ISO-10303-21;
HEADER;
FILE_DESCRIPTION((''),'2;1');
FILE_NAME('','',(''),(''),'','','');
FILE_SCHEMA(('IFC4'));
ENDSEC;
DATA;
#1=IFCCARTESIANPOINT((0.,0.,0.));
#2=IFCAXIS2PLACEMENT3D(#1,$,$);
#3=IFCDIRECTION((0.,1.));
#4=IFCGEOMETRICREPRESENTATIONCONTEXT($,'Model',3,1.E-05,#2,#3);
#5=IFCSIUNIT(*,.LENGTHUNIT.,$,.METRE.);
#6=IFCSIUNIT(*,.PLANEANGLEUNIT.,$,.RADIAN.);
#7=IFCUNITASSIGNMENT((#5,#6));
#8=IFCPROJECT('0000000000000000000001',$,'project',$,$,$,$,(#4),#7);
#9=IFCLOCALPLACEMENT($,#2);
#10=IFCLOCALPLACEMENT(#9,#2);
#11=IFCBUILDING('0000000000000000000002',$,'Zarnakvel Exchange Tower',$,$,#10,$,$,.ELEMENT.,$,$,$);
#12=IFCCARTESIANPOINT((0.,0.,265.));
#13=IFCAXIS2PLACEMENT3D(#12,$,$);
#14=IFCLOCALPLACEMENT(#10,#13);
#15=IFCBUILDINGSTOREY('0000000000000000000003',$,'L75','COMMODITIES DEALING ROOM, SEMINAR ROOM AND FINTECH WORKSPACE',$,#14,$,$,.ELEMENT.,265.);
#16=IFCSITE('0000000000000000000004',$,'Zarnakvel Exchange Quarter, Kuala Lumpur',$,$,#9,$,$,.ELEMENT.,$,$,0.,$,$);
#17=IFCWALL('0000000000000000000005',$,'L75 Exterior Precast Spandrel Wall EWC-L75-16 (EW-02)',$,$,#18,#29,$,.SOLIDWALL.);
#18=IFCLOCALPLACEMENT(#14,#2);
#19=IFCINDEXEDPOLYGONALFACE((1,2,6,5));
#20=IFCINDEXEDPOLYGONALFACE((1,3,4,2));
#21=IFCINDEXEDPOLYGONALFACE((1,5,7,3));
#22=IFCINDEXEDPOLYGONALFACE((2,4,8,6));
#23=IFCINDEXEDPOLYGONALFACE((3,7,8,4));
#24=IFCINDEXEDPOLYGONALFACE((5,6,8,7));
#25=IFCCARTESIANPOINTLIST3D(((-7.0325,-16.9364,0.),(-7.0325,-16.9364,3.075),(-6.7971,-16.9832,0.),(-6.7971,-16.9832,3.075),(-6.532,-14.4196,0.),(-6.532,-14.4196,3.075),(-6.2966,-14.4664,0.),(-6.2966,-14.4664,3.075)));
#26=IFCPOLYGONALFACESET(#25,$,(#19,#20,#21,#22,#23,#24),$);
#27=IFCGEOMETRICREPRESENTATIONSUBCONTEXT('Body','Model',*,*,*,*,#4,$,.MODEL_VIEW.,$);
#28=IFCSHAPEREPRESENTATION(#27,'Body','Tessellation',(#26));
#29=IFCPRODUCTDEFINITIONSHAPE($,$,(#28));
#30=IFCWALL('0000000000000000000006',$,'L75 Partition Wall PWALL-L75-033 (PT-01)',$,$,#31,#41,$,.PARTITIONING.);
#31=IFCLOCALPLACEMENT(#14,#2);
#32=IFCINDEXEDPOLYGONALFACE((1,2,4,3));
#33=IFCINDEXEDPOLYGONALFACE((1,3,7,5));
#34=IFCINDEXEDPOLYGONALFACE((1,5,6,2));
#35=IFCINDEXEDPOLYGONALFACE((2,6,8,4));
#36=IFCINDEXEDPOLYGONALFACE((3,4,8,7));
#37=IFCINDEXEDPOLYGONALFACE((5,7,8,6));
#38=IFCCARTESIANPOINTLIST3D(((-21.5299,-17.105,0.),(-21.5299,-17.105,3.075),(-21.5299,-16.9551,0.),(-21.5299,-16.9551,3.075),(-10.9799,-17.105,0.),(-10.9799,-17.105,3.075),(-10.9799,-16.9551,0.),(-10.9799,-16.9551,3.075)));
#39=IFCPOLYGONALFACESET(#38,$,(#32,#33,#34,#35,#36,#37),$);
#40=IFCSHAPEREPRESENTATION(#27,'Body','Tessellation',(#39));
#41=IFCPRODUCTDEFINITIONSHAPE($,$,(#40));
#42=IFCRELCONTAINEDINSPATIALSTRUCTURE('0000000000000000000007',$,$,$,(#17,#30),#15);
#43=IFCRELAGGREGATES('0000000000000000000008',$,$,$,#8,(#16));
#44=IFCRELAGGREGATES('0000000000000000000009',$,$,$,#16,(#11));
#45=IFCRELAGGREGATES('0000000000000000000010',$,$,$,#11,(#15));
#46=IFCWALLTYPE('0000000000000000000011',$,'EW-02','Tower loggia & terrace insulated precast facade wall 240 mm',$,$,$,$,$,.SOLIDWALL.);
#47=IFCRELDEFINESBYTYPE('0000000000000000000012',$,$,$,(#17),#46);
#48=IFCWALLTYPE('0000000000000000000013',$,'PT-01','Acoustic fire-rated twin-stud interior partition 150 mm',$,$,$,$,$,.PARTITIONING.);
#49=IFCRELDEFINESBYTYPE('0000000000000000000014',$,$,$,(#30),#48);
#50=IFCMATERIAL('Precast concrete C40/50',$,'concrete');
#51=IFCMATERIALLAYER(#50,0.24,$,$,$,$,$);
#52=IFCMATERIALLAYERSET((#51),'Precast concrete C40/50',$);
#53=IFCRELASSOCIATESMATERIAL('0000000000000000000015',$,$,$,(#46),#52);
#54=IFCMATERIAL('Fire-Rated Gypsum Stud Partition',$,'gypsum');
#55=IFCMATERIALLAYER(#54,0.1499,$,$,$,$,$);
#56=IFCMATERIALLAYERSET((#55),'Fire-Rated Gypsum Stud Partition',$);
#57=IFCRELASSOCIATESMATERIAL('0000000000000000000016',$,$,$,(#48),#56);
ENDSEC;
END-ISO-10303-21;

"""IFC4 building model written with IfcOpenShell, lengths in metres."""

from ifc_helpers import new_model, si_unit, direction, frame, frame_2d, origin, place, context, subcontext, project, spatial, rectangle, extrude, material, layer, layer_set, type_object, element, save


model = new_model("IFC4")

# Units and contexts
model_context = context("Model", 3, precision=1e-05, world=origin(), true_north=direction((0.0, 1.0)))
body_context = subcontext(model_context, "Body", "Model", "MODEL_VIEW")
ifc_project = project(units=[si_unit("LENGTHUNIT", "METRE"), si_unit("PLANEANGLEUNIT", "RADIAN")], contexts=[model_context])

# Site, building, storey
site_placement = place(None, origin())
site = spatial("IfcSite", under=ifc_project, at=site_placement, Name="Zarnakvel Exchange Quarter, Kuala Lumpur", CompositionType="ELEMENT", RefElevation=0.0)
building_placement = place(site_placement, origin())
building = spatial("IfcBuilding", under=site, at=building_placement, Name="Zarnakvel Exchange Tower", CompositionType="ELEMENT")
storey_placement = place(building_placement, frame((0.0, 0.0, 265.0)))
storey = spatial("IfcBuildingStorey", under=building, at=storey_placement, Name="L75", Description="COMMODITIES DEALING ROOM, SEMINAR ROOM AND FINTECH WORKSPACE", CompositionType="ELEMENT", Elevation=265.0)

# Walls
ifc_material_1 = material(Name="Precast concrete C40/50", Category="concrete")
ifc_layer_1 = layer(ifc_material_1, 0.24)
ifc_layer_set_1 = layer_set([ifc_layer_1], Name="Precast concrete C40/50")
wall_type_1 = type_object("IfcWallType", Name="EW-02", Description="Tower loggia & terrace insulated precast facade wall 240 mm", PredefinedType="SOLIDWALL", material=ifc_layer_set_1)
wall_1_placement = place(storey_placement, frame((-6.9148, -16.96, 0.0), z_axis=(0.0, 0.0, 1.0), x_axis=(0.195037, 0.980796, 0.0)))
element("IfcWall", 1, at=wall_1_placement, inside=storey, type_object=wall_type_1, Name="L75 Exterior Precast Spandrel Wall EWC-L75-16 (EW-02)", PredefinedType="SOLIDWALL", context=body_context, shape_type="SweptSolid", body=[
    extrude(rectangle(XDim=2.5662, YDim=0.24, at=frame_2d((1.2832, 0.0))), origin(), (0.0, 0.0, 1.0), 3.075),
])
ifc_material_2 = material(Name="Fire-Rated Gypsum Stud Partition", Category="gypsum")
ifc_layer_2 = layer(ifc_material_2, 0.1499)
ifc_layer_set_2 = layer_set([ifc_layer_2], Name="Fire-Rated Gypsum Stud Partition")
wall_type_2 = type_object("IfcWallType", Name="PT-01", Description="Acoustic fire-rated twin-stud interior partition 150 mm", PredefinedType="PARTITIONING", material=ifc_layer_set_2)
wall_2_placement = place(storey_placement, frame((-10.98, -17.03, 0.0), z_axis=(0.0, 0.0, 1.0), x_axis=(-1.0, 0.0, 0.0)))
element("IfcWall", 2, at=wall_2_placement, inside=storey, type_object=wall_type_2, Name="L75 Partition Wall PWALL-L75-033 (PT-01)", PredefinedType="PARTITIONING", context=body_context, shape_type="SweptSolid", body=[
    extrude(rectangle(XDim=10.55, YDim=0.1499, at=frame_2d((5.2749, 0.0))), origin(), (0.0, 0.0, 1.0), 3.075),
])

save(model, "model.ifc")
